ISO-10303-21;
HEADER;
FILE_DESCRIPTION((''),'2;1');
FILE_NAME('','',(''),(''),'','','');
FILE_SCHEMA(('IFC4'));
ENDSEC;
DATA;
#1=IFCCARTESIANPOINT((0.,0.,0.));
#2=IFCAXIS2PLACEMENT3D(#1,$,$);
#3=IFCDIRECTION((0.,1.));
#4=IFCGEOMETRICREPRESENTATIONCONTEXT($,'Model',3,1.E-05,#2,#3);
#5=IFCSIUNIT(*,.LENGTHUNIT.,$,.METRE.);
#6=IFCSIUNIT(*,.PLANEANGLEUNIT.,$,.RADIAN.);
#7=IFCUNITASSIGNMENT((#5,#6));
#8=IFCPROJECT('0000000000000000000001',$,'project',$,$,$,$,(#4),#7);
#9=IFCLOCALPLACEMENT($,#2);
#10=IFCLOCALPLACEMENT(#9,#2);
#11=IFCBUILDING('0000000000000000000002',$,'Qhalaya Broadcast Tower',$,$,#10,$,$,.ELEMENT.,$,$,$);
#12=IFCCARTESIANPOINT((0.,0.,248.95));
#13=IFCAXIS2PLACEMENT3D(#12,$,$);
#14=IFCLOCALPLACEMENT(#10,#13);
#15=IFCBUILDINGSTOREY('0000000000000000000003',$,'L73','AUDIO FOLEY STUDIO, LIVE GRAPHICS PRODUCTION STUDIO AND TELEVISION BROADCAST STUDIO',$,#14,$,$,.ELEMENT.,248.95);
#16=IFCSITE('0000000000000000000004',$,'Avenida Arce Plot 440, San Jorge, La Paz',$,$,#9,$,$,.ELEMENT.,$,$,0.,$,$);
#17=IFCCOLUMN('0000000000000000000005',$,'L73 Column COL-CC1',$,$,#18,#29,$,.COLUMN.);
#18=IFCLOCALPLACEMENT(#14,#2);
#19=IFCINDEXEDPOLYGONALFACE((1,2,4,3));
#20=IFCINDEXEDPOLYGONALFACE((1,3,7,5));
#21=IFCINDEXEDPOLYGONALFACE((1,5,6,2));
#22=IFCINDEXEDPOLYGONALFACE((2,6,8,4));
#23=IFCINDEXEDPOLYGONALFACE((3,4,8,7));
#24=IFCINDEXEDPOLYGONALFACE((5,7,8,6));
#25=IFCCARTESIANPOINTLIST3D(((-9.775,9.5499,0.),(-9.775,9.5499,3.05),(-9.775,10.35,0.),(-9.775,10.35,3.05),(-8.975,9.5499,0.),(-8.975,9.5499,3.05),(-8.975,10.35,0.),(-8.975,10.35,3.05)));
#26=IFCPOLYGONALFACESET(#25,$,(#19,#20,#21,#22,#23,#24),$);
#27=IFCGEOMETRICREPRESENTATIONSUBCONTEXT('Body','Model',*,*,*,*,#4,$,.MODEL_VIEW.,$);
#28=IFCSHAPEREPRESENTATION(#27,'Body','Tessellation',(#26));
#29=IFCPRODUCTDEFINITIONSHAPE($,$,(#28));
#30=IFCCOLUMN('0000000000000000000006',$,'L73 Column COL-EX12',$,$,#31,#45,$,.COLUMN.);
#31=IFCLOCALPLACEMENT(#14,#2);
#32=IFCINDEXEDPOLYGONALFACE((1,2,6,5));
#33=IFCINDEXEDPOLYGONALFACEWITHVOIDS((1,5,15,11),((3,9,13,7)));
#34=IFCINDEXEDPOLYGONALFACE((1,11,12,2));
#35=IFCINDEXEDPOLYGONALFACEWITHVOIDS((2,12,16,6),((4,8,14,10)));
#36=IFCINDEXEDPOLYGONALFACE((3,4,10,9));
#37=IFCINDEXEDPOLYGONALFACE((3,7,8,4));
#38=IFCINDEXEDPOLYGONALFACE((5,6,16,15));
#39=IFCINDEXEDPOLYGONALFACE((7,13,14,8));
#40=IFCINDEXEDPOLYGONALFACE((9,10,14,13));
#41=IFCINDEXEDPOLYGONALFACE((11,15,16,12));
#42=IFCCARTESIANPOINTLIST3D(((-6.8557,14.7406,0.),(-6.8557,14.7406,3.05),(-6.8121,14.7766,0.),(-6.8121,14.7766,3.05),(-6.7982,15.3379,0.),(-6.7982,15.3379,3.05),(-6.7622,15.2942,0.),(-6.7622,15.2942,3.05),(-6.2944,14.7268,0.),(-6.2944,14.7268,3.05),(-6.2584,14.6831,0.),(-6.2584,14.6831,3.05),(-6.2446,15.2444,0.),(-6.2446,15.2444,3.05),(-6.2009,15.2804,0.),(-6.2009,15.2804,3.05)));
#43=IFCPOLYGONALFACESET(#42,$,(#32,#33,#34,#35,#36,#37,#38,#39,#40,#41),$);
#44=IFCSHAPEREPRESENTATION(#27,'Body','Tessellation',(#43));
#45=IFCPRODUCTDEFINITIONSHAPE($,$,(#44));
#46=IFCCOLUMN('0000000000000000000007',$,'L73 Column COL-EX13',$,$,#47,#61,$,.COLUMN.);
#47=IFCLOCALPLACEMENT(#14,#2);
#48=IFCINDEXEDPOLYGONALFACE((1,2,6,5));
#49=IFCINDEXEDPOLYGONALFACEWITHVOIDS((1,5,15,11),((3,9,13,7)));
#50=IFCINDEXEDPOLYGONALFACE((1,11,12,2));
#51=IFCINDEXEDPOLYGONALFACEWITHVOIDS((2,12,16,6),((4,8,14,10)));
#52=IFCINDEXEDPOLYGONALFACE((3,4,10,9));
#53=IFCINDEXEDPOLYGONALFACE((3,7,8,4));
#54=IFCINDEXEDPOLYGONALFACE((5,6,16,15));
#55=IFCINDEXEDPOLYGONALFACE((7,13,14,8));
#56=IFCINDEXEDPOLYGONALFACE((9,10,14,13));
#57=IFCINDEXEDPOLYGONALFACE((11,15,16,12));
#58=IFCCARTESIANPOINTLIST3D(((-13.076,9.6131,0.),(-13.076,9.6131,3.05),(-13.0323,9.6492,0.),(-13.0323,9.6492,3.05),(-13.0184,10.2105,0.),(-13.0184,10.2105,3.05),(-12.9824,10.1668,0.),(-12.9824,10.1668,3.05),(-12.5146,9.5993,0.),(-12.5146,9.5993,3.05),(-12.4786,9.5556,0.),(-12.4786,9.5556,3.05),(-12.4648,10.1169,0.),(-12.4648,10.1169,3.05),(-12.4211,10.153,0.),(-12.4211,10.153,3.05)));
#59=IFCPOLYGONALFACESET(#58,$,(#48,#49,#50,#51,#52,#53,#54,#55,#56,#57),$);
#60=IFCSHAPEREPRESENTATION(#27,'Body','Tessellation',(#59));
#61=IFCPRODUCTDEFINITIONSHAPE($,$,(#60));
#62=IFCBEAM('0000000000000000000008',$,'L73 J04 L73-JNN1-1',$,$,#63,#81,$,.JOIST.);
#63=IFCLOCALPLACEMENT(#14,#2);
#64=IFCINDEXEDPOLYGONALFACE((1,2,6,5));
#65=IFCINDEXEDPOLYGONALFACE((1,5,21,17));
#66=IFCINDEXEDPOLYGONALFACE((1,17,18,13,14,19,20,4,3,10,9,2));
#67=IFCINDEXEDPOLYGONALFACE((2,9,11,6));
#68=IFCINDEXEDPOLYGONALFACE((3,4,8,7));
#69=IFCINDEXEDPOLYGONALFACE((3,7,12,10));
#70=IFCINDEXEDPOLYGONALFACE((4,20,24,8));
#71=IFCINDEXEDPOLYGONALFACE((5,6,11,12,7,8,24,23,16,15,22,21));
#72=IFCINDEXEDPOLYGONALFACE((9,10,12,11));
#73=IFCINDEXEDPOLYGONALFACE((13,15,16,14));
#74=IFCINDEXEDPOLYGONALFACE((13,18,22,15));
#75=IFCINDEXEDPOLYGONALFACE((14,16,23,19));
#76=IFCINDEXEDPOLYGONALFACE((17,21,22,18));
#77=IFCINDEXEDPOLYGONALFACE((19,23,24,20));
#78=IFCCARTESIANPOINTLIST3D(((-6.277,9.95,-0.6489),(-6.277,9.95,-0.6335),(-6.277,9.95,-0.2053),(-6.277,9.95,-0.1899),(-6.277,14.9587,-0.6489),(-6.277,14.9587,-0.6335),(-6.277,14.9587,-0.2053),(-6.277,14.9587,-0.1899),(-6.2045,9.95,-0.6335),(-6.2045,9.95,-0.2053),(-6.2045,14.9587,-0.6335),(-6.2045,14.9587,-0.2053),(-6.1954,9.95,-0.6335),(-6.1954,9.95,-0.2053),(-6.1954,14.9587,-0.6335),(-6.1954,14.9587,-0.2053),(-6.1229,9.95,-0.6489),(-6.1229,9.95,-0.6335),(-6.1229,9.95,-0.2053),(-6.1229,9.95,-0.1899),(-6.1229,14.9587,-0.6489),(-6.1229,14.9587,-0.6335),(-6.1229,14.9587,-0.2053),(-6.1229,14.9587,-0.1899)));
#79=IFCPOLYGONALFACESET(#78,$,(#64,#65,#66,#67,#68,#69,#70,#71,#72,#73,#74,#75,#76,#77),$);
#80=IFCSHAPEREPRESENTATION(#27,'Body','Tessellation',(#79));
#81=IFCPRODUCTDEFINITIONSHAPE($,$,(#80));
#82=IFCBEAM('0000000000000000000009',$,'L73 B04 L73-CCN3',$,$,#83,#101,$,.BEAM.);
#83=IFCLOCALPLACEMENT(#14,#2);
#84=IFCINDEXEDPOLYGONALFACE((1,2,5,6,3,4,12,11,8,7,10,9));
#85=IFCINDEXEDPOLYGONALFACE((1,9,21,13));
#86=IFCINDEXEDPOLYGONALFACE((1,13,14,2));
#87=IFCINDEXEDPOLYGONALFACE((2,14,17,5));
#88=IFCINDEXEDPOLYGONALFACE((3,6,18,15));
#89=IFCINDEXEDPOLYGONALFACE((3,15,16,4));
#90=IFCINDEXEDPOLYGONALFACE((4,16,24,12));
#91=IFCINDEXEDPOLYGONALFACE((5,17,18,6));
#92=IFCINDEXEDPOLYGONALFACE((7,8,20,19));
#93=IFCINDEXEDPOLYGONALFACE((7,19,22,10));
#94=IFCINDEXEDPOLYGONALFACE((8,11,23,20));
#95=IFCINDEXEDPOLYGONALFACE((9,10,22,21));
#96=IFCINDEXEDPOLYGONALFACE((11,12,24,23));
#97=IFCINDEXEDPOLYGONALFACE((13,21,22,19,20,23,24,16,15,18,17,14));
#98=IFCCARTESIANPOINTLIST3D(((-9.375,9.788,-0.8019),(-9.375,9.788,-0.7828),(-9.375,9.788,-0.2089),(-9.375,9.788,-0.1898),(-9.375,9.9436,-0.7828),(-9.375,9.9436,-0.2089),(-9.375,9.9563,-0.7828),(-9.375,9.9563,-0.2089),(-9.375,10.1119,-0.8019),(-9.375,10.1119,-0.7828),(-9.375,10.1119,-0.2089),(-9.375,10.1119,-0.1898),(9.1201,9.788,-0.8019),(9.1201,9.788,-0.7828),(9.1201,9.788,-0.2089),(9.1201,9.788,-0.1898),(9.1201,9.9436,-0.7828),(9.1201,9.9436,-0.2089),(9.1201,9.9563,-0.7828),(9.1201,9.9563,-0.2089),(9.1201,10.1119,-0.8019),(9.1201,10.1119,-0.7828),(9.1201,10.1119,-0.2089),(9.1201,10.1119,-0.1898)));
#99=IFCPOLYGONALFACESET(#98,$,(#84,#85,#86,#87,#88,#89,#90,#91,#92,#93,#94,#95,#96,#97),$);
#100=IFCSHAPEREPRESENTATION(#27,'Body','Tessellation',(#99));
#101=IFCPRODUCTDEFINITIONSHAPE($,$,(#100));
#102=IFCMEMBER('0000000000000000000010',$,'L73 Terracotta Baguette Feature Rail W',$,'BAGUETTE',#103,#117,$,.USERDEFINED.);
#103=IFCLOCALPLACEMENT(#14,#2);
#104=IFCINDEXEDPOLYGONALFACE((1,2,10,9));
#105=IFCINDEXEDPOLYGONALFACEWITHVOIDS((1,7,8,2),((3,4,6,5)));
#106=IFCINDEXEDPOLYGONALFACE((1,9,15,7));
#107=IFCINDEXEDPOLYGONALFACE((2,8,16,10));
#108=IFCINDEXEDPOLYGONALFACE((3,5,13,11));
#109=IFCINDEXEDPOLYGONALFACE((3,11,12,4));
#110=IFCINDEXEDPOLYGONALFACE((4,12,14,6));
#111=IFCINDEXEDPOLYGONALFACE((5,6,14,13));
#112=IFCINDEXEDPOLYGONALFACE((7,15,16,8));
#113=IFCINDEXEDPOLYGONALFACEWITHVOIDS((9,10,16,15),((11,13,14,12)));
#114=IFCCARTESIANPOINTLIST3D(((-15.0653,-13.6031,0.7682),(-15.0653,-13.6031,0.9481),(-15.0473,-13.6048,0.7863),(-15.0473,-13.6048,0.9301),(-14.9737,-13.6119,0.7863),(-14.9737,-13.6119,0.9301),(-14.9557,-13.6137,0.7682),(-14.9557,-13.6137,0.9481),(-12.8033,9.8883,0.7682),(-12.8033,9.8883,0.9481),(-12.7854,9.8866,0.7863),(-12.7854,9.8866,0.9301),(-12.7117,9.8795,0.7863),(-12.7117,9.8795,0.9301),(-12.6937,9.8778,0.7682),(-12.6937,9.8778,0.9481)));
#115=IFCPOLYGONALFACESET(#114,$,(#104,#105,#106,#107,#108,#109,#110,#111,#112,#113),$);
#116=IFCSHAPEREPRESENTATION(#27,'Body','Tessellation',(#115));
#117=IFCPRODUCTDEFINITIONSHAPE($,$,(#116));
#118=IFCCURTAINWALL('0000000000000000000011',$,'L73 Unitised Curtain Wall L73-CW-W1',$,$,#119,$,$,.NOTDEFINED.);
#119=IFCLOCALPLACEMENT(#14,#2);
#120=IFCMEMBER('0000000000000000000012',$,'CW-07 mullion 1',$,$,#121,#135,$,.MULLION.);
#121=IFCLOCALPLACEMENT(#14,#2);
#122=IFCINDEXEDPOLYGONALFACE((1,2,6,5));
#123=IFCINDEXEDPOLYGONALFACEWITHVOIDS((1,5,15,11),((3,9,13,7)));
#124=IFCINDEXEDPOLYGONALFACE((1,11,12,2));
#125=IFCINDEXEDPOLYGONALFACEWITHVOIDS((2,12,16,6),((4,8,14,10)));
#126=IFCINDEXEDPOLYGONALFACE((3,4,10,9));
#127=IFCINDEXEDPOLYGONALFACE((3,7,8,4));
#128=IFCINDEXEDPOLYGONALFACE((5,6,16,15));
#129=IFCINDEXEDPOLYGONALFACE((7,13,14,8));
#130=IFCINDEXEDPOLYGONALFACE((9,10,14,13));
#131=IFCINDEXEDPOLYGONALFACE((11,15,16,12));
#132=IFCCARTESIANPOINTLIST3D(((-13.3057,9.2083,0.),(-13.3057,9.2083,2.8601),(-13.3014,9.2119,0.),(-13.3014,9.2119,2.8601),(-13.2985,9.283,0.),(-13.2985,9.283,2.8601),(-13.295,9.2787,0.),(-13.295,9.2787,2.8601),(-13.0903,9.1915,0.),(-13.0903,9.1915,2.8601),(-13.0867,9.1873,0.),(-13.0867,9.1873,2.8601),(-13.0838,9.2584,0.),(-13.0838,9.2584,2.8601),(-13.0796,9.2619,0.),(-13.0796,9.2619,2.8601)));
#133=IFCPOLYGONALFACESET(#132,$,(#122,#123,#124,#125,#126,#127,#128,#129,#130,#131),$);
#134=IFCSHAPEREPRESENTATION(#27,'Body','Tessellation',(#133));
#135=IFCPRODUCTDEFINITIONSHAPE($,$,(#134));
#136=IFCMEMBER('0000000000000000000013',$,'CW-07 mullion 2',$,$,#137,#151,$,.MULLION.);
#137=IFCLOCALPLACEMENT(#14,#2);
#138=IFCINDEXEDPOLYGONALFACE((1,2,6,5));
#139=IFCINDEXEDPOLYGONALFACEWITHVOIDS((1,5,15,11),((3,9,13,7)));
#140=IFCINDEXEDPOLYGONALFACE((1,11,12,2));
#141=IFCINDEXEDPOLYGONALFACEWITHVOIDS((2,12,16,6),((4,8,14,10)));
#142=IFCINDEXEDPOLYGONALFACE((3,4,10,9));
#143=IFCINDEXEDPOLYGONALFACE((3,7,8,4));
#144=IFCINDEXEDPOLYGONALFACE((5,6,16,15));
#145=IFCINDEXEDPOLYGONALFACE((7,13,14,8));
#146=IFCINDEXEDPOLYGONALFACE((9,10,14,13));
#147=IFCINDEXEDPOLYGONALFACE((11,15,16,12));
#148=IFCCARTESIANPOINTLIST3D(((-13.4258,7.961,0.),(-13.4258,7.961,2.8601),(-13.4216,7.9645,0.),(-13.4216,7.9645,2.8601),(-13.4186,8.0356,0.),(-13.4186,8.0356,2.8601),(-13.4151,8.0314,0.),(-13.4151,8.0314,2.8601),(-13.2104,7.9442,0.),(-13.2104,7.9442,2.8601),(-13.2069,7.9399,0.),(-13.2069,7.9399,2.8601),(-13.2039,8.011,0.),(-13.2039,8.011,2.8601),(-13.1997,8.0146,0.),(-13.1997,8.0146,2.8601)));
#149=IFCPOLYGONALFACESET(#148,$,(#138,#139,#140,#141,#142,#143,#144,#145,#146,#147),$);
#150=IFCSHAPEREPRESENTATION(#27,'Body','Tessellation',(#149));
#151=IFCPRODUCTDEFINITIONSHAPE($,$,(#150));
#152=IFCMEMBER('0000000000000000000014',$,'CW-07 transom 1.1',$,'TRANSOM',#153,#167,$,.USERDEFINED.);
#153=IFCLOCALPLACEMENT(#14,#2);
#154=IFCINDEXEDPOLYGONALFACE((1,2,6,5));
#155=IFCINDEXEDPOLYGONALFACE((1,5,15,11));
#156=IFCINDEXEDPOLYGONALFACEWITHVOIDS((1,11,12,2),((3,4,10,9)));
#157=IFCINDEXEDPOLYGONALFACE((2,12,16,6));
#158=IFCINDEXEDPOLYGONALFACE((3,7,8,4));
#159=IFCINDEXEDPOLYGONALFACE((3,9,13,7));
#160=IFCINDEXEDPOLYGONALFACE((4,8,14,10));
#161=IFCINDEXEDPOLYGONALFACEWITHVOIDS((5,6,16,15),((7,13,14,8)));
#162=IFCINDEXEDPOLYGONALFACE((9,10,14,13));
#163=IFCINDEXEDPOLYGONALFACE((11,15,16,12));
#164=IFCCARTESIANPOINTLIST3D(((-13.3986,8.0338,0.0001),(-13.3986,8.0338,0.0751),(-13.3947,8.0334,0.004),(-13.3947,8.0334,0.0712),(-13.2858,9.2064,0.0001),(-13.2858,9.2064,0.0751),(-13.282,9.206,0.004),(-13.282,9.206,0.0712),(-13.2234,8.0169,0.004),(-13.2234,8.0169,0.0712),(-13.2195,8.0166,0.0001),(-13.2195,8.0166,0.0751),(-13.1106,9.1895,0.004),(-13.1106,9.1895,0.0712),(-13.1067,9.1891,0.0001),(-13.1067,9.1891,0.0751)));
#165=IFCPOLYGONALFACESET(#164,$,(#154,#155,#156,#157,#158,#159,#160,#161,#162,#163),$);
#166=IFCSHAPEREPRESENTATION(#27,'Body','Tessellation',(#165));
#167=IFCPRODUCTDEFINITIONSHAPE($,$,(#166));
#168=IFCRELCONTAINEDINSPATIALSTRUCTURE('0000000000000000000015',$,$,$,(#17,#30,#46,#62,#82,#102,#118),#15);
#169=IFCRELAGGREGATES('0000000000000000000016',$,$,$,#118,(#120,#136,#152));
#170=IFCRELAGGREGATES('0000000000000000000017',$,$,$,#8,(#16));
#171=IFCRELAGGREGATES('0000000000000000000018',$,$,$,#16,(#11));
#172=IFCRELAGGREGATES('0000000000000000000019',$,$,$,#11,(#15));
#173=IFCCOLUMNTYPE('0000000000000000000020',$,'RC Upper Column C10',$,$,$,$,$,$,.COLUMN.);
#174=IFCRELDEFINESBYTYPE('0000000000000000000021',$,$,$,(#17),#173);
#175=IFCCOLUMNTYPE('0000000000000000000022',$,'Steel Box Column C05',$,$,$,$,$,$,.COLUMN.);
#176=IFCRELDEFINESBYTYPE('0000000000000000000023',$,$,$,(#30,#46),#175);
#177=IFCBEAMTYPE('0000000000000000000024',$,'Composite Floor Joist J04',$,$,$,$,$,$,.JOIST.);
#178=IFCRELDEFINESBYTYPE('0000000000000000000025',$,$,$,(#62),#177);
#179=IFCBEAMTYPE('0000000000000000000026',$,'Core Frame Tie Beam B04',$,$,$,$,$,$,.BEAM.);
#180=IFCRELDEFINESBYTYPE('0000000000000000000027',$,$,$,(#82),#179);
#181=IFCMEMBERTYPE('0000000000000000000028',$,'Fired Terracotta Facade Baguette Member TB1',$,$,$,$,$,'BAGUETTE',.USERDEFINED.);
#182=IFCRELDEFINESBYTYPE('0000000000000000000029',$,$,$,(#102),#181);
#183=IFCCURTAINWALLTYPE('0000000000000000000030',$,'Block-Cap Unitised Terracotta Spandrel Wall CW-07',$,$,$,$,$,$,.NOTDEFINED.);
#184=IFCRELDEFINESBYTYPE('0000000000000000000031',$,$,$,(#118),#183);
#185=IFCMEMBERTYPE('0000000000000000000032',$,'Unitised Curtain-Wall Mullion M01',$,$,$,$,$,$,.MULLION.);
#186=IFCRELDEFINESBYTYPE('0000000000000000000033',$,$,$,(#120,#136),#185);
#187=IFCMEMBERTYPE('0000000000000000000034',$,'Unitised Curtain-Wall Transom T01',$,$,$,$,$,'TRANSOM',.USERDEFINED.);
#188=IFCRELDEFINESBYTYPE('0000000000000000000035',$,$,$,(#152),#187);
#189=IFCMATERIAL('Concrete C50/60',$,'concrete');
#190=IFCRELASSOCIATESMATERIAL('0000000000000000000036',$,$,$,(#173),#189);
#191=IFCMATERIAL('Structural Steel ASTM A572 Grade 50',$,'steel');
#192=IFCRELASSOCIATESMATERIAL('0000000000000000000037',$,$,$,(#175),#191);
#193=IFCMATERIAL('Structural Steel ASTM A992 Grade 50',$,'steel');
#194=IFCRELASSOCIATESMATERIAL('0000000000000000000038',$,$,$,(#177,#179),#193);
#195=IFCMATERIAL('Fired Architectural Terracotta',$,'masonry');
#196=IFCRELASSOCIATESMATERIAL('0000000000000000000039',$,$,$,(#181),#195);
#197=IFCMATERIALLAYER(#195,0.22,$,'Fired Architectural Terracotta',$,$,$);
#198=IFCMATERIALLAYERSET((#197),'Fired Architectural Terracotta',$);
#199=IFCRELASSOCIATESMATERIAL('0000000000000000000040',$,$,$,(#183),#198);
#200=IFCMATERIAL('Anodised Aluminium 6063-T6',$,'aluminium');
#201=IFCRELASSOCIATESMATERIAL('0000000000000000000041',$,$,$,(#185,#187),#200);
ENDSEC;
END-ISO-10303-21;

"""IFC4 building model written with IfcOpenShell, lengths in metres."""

from ifc_helpers import new_model, si_unit, direction, frame, origin, origin_2d, place, context, subcontext, project, spatial, rectangle, hollow_rectangle, i_section, extrude, material, layer, layer_set, material_profile, profile_set, type_object, element, aggregate, save


model = new_model("IFC4")

# Units and contexts
model_context = context("Model", 3, precision=1e-05, world=origin(), true_north=direction((0.0, 1.0)))
body_context = subcontext(model_context, "Body", "Model", "MODEL_VIEW")
ifc_project = project(units=[si_unit("LENGTHUNIT", "METRE"), si_unit("PLANEANGLEUNIT", "RADIAN")], contexts=[model_context])

# Site, building, storey
site_placement = place(None, origin())
site = spatial("IfcSite", under=ifc_project, at=site_placement, Name="Avenida Arce Plot 440, San Jorge, La Paz", CompositionType="ELEMENT", RefElevation=0.0)
building_placement = place(site_placement, origin())
building = spatial("IfcBuilding", under=site, at=building_placement, Name="Qhalaya Broadcast Tower", CompositionType="ELEMENT")
storey_placement = place(building_placement, frame((0.0, 0.0, 248.95)))
storey = spatial("IfcBuildingStorey", under=building, at=storey_placement, Name="L73", Description="AUDIO FOLEY STUDIO, LIVE GRAPHICS PRODUCTION STUDIO AND TELEVISION BROADCAST STUDIO", CompositionType="ELEMENT", Elevation=248.95)

# Columns
ifc_material_1 = material(Name="Concrete C50/60", Category="concrete")
ifc_material_profile_1 = material_profile(ifc_material_1, rectangle(XDim=0.8, YDim=0.8, at=origin_2d()), Name="RC-COL 800x800")
ifc_profile_set_1 = profile_set([ifc_material_profile_1], Name="Concrete C50/60")
column_type_1 = type_object("IfcColumnType", Name="RC Upper Column C10", PredefinedType="COLUMN", material=ifc_profile_set_1)
column_placement = place(storey_placement, frame((-9.375, 9.95, 0.0), z_axis=(0.0, 0.0, 1.0), x_axis=(1.0, 0.0, 0.0)))
element("IfcColumn", 1, at=column_placement, inside=storey, type_object=column_type_1, Name="L73 Column COL-CC1", PredefinedType="COLUMN", context=body_context, shape_type="SweptSolid", body=[
    extrude(rectangle(XDim=0.8, YDim=0.8, at=origin_2d()), origin(), (0.0, 0.0, 1.0), 3.05),
])
ifc_material_2 = material(Name="Structural Steel ASTM A572 Grade 50", Category="steel")
ifc_material_profile_2 = material_profile(ifc_material_2, hollow_rectangle(XDim=0.6001, YDim=0.6001, WallThickness=0.04, at=origin_2d()), Name="BOX 600x600x40")
ifc_profile_set_2 = profile_set([ifc_material_profile_2], Name="Structural Steel ASTM A572 Grade 50")
column_type_2 = type_object("IfcColumnType", Name="Steel Box Column C05", PredefinedType="COLUMN", material=ifc_profile_set_2)
for number, where, z_axis, x_axis, name in (
    (2, (-6.5283, 15.0105, 0.0), (0.0, 0.0, 1.0), (0.995396, -0.095846, 0.0), "L73 Column COL-EX12"),
    (3, (-12.7485, 9.8831, 0.0), (0.0, 0.0, 1.0), (0.095846, 0.995396, 0.0), "L73 Column COL-EX13"),
):
    element("IfcColumn", number, at=place(storey_placement, frame(where, z_axis=z_axis, x_axis=x_axis)), inside=storey, type_object=column_type_2, Name=name, PredefinedType="COLUMN", context=body_context, shape_type="SweptSolid", body=[
        extrude(hollow_rectangle(XDim=0.6001, YDim=0.6001, WallThickness=0.04, at=origin_2d()), origin(), (0.0, 0.0, 1.0), 3.05),
    ])

# Beams
ifc_material_3 = material(Name="Structural Steel ASTM A992 Grade 50", Category="steel")
ifc_material_profile_3 = material_profile(ifc_material_3, i_section(OverallWidth=0.1541, OverallDepth=0.459, WebThickness=0.009, FlangeThickness=0.0154, at=origin_2d()), Name="W18X46")
ifc_profile_set_3 = profile_set([ifc_material_profile_3], Name="Structural Steel ASTM A992 Grade 50")
beam_type_1 = type_object("IfcBeamType", Name="Composite Floor Joist J04", PredefinedType="JOIST", material=ifc_profile_set_3)
beam_1_placement = place(storey_placement, frame((-6.2, 9.95, -0.4194), z_axis=(0.0, 1.0, 0.0), x_axis=(-1.0, 0.0, 0.0)))
element("IfcBeam", 4, at=beam_1_placement, inside=storey, type_object=beam_type_1, Name="L73 J04 L73-JNN1-1", PredefinedType="JOIST", context=body_context, shape_type="SweptSolid", body=[
    extrude(i_section(OverallWidth=0.1541, OverallDepth=0.459, WebThickness=0.009, FlangeThickness=0.0154, at=origin_2d()), origin(), (0.0, 0.0, 1.0), 5.0088),
])
ifc_material_profile_4 = material_profile(ifc_material_3, i_section(OverallWidth=0.324, OverallDepth=0.6121, WebThickness=0.0127, FlangeThickness=0.019, at=origin_2d()), Name="W24X104")
ifc_profile_set_4 = profile_set([ifc_material_profile_4], Name="Structural Steel ASTM A992 Grade 50")
beam_type_2 = type_object("IfcBeamType", Name="Core Frame Tie Beam B04", PredefinedType="BEAM", material=ifc_profile_set_4)
beam_2_placement = place(storey_placement, frame((-9.375, 9.95, -0.4958), z_axis=(1.0, 0.0, 0.0), x_axis=(0.0, 1.0, 0.0)))
element("IfcBeam", 5, at=beam_2_placement, inside=storey, type_object=beam_type_2, Name="L73 B04 L73-CCN3", PredefinedType="BEAM", context=body_context, shape_type="SweptSolid", body=[
    extrude(i_section(OverallWidth=0.324, OverallDepth=0.6121, WebThickness=0.0127, FlangeThickness=0.019, at=origin_2d()), origin(), (0.0, 0.0, 1.0), 18.4951),
])

# Member
ifc_material_4 = material(Name="Fired Architectural Terracotta", Category="masonry")
ifc_material_profile_5 = material_profile(ifc_material_4, hollow_rectangle(XDim=0.1101, YDim=0.1799, WallThickness=0.0181, at=origin_2d()), Name="TB-BAG 110x180x18")
ifc_profile_set_5 = profile_set([ifc_material_profile_5], Name="Fired Architectural Terracotta")
member_type_1 = type_object("IfcMemberType", Name="Fired Terracotta Facade Baguette Member TB1", ElementType="BAGUETTE", PredefinedType="USERDEFINED", material=ifc_profile_set_5)
member_1_placement = place(storey_placement, frame((-12.7485, 9.8831, 0.8582), z_axis=(-0.095845, -0.995396, 0.0), x_axis=(0.995396, -0.095845, 0.0)))
element("IfcMember", 6, at=member_1_placement, inside=storey, type_object=member_type_1, Name="L73 Terracotta Baguette Feature Rail W", ObjectType="BAGUETTE", PredefinedType="USERDEFINED", context=body_context, shape_type="SweptSolid", body=[
    extrude(hollow_rectangle(XDim=0.1101, YDim=0.1799, WallThickness=0.0181, at=origin_2d()), origin(), (0.0, 0.0, 1.0), 23.6001),
])

# Curtain wall, members
ifc_layer_1 = layer(ifc_material_4, 0.22, Name="Fired Architectural Terracotta")
ifc_layer_set_1 = layer_set([ifc_layer_1], Name="Fired Architectural Terracotta")
curtain_wall_type = type_object("IfcCurtainWallType", Name="Block-Cap Unitised Terracotta Spandrel Wall CW-07", PredefinedType="NOTDEFINED", material=ifc_layer_set_1)
curtain_wall_placement = place(storey_placement, origin())
curtain_wall = element("IfcCurtainWall", 7, at=curtain_wall_placement, inside=storey, type_object=curtain_wall_type, Name="L73 Unitised Curtain Wall L73-CW-W1", PredefinedType="NOTDEFINED")
ifc_material_5 = material(Name="Anodised Aluminium 6063-T6", Category="aluminium")
ifc_material_profile_6 = material_profile(ifc_material_5, hollow_rectangle(XDim=0.075, YDim=0.22, WallThickness=0.0039, at=origin_2d()), Name="ALU-MUL 75x220x4")
ifc_profile_set_6 = profile_set([ifc_material_profile_6], Name="Anodised Aluminium 6063-T6")
member_type_2 = type_object("IfcMemberType", Name="Unitised Curtain-Wall Mullion M01", PredefinedType="MULLION", material=ifc_profile_set_6)
member_2_placement = place(storey_placement, frame((-13.1926, 9.2351, 0.0), z_axis=(0.0, 0.0, 1.0), x_axis=(-0.095857, -0.995395, 0.0)))
member_2 = element("IfcMember", 8, at=member_2_placement, type_object=member_type_2, Name="CW-07 mullion 1", PredefinedType="MULLION", context=body_context, shape_type="SweptSolid", body=[
    extrude(hollow_rectangle(XDim=0.075, YDim=0.22, WallThickness=0.0039, at=origin_2d()), origin(), (0.0, 0.0, 1.0), 2.8601),
])
member_3_placement = place(storey_placement, frame((-13.3127, 7.9878, 0.0), z_axis=(0.0, 0.0, 1.0), x_axis=(-0.095857, -0.995395, 0.0)))
member_3 = element("IfcMember", 9, at=member_3_placement, type_object=member_type_2, Name="CW-07 mullion 2", PredefinedType="MULLION", context=body_context, shape_type="SweptSolid", body=[
    extrude(hollow_rectangle(XDim=0.075, YDim=0.22, WallThickness=0.0039, at=origin_2d()), origin(), (0.0, 0.0, 1.0), 2.8601),
])
ifc_material_profile_7 = material_profile(ifc_material_5, hollow_rectangle(XDim=0.075, YDim=0.1799, WallThickness=0.0039, at=origin_2d()), Name="ALU-TRN 75x180x4")
ifc_profile_set_7 = profile_set([ifc_material_profile_7], Name="Anodised Aluminium 6063-T6")
member_type_3 = type_object("IfcMemberType", Name="Unitised Curtain-Wall Transom T01", ElementType="TRANSOM", PredefinedType="USERDEFINED", material=ifc_profile_set_7)
member_4_placement = place(storey_placement, frame((-13.1963, 9.1978, 0.0376), z_axis=(-0.095748, -0.995406, 0.0), x_axis=(0.0, 0.0, 1.0)))
member_4 = element("IfcMember", 10, at=member_4_placement, type_object=member_type_3, Name="CW-07 transom 1.1", ObjectType="TRANSOM", PredefinedType="USERDEFINED", context=body_context, shape_type="SweptSolid", body=[
    extrude(hollow_rectangle(XDim=0.075, YDim=0.1799, WallThickness=0.0039, at=origin_2d()), origin(), (0.0, 0.0, 1.0), 1.178),
])

aggregate(curtain_wall, [member_2, member_3, member_4])

save(model, "model.ifc")
